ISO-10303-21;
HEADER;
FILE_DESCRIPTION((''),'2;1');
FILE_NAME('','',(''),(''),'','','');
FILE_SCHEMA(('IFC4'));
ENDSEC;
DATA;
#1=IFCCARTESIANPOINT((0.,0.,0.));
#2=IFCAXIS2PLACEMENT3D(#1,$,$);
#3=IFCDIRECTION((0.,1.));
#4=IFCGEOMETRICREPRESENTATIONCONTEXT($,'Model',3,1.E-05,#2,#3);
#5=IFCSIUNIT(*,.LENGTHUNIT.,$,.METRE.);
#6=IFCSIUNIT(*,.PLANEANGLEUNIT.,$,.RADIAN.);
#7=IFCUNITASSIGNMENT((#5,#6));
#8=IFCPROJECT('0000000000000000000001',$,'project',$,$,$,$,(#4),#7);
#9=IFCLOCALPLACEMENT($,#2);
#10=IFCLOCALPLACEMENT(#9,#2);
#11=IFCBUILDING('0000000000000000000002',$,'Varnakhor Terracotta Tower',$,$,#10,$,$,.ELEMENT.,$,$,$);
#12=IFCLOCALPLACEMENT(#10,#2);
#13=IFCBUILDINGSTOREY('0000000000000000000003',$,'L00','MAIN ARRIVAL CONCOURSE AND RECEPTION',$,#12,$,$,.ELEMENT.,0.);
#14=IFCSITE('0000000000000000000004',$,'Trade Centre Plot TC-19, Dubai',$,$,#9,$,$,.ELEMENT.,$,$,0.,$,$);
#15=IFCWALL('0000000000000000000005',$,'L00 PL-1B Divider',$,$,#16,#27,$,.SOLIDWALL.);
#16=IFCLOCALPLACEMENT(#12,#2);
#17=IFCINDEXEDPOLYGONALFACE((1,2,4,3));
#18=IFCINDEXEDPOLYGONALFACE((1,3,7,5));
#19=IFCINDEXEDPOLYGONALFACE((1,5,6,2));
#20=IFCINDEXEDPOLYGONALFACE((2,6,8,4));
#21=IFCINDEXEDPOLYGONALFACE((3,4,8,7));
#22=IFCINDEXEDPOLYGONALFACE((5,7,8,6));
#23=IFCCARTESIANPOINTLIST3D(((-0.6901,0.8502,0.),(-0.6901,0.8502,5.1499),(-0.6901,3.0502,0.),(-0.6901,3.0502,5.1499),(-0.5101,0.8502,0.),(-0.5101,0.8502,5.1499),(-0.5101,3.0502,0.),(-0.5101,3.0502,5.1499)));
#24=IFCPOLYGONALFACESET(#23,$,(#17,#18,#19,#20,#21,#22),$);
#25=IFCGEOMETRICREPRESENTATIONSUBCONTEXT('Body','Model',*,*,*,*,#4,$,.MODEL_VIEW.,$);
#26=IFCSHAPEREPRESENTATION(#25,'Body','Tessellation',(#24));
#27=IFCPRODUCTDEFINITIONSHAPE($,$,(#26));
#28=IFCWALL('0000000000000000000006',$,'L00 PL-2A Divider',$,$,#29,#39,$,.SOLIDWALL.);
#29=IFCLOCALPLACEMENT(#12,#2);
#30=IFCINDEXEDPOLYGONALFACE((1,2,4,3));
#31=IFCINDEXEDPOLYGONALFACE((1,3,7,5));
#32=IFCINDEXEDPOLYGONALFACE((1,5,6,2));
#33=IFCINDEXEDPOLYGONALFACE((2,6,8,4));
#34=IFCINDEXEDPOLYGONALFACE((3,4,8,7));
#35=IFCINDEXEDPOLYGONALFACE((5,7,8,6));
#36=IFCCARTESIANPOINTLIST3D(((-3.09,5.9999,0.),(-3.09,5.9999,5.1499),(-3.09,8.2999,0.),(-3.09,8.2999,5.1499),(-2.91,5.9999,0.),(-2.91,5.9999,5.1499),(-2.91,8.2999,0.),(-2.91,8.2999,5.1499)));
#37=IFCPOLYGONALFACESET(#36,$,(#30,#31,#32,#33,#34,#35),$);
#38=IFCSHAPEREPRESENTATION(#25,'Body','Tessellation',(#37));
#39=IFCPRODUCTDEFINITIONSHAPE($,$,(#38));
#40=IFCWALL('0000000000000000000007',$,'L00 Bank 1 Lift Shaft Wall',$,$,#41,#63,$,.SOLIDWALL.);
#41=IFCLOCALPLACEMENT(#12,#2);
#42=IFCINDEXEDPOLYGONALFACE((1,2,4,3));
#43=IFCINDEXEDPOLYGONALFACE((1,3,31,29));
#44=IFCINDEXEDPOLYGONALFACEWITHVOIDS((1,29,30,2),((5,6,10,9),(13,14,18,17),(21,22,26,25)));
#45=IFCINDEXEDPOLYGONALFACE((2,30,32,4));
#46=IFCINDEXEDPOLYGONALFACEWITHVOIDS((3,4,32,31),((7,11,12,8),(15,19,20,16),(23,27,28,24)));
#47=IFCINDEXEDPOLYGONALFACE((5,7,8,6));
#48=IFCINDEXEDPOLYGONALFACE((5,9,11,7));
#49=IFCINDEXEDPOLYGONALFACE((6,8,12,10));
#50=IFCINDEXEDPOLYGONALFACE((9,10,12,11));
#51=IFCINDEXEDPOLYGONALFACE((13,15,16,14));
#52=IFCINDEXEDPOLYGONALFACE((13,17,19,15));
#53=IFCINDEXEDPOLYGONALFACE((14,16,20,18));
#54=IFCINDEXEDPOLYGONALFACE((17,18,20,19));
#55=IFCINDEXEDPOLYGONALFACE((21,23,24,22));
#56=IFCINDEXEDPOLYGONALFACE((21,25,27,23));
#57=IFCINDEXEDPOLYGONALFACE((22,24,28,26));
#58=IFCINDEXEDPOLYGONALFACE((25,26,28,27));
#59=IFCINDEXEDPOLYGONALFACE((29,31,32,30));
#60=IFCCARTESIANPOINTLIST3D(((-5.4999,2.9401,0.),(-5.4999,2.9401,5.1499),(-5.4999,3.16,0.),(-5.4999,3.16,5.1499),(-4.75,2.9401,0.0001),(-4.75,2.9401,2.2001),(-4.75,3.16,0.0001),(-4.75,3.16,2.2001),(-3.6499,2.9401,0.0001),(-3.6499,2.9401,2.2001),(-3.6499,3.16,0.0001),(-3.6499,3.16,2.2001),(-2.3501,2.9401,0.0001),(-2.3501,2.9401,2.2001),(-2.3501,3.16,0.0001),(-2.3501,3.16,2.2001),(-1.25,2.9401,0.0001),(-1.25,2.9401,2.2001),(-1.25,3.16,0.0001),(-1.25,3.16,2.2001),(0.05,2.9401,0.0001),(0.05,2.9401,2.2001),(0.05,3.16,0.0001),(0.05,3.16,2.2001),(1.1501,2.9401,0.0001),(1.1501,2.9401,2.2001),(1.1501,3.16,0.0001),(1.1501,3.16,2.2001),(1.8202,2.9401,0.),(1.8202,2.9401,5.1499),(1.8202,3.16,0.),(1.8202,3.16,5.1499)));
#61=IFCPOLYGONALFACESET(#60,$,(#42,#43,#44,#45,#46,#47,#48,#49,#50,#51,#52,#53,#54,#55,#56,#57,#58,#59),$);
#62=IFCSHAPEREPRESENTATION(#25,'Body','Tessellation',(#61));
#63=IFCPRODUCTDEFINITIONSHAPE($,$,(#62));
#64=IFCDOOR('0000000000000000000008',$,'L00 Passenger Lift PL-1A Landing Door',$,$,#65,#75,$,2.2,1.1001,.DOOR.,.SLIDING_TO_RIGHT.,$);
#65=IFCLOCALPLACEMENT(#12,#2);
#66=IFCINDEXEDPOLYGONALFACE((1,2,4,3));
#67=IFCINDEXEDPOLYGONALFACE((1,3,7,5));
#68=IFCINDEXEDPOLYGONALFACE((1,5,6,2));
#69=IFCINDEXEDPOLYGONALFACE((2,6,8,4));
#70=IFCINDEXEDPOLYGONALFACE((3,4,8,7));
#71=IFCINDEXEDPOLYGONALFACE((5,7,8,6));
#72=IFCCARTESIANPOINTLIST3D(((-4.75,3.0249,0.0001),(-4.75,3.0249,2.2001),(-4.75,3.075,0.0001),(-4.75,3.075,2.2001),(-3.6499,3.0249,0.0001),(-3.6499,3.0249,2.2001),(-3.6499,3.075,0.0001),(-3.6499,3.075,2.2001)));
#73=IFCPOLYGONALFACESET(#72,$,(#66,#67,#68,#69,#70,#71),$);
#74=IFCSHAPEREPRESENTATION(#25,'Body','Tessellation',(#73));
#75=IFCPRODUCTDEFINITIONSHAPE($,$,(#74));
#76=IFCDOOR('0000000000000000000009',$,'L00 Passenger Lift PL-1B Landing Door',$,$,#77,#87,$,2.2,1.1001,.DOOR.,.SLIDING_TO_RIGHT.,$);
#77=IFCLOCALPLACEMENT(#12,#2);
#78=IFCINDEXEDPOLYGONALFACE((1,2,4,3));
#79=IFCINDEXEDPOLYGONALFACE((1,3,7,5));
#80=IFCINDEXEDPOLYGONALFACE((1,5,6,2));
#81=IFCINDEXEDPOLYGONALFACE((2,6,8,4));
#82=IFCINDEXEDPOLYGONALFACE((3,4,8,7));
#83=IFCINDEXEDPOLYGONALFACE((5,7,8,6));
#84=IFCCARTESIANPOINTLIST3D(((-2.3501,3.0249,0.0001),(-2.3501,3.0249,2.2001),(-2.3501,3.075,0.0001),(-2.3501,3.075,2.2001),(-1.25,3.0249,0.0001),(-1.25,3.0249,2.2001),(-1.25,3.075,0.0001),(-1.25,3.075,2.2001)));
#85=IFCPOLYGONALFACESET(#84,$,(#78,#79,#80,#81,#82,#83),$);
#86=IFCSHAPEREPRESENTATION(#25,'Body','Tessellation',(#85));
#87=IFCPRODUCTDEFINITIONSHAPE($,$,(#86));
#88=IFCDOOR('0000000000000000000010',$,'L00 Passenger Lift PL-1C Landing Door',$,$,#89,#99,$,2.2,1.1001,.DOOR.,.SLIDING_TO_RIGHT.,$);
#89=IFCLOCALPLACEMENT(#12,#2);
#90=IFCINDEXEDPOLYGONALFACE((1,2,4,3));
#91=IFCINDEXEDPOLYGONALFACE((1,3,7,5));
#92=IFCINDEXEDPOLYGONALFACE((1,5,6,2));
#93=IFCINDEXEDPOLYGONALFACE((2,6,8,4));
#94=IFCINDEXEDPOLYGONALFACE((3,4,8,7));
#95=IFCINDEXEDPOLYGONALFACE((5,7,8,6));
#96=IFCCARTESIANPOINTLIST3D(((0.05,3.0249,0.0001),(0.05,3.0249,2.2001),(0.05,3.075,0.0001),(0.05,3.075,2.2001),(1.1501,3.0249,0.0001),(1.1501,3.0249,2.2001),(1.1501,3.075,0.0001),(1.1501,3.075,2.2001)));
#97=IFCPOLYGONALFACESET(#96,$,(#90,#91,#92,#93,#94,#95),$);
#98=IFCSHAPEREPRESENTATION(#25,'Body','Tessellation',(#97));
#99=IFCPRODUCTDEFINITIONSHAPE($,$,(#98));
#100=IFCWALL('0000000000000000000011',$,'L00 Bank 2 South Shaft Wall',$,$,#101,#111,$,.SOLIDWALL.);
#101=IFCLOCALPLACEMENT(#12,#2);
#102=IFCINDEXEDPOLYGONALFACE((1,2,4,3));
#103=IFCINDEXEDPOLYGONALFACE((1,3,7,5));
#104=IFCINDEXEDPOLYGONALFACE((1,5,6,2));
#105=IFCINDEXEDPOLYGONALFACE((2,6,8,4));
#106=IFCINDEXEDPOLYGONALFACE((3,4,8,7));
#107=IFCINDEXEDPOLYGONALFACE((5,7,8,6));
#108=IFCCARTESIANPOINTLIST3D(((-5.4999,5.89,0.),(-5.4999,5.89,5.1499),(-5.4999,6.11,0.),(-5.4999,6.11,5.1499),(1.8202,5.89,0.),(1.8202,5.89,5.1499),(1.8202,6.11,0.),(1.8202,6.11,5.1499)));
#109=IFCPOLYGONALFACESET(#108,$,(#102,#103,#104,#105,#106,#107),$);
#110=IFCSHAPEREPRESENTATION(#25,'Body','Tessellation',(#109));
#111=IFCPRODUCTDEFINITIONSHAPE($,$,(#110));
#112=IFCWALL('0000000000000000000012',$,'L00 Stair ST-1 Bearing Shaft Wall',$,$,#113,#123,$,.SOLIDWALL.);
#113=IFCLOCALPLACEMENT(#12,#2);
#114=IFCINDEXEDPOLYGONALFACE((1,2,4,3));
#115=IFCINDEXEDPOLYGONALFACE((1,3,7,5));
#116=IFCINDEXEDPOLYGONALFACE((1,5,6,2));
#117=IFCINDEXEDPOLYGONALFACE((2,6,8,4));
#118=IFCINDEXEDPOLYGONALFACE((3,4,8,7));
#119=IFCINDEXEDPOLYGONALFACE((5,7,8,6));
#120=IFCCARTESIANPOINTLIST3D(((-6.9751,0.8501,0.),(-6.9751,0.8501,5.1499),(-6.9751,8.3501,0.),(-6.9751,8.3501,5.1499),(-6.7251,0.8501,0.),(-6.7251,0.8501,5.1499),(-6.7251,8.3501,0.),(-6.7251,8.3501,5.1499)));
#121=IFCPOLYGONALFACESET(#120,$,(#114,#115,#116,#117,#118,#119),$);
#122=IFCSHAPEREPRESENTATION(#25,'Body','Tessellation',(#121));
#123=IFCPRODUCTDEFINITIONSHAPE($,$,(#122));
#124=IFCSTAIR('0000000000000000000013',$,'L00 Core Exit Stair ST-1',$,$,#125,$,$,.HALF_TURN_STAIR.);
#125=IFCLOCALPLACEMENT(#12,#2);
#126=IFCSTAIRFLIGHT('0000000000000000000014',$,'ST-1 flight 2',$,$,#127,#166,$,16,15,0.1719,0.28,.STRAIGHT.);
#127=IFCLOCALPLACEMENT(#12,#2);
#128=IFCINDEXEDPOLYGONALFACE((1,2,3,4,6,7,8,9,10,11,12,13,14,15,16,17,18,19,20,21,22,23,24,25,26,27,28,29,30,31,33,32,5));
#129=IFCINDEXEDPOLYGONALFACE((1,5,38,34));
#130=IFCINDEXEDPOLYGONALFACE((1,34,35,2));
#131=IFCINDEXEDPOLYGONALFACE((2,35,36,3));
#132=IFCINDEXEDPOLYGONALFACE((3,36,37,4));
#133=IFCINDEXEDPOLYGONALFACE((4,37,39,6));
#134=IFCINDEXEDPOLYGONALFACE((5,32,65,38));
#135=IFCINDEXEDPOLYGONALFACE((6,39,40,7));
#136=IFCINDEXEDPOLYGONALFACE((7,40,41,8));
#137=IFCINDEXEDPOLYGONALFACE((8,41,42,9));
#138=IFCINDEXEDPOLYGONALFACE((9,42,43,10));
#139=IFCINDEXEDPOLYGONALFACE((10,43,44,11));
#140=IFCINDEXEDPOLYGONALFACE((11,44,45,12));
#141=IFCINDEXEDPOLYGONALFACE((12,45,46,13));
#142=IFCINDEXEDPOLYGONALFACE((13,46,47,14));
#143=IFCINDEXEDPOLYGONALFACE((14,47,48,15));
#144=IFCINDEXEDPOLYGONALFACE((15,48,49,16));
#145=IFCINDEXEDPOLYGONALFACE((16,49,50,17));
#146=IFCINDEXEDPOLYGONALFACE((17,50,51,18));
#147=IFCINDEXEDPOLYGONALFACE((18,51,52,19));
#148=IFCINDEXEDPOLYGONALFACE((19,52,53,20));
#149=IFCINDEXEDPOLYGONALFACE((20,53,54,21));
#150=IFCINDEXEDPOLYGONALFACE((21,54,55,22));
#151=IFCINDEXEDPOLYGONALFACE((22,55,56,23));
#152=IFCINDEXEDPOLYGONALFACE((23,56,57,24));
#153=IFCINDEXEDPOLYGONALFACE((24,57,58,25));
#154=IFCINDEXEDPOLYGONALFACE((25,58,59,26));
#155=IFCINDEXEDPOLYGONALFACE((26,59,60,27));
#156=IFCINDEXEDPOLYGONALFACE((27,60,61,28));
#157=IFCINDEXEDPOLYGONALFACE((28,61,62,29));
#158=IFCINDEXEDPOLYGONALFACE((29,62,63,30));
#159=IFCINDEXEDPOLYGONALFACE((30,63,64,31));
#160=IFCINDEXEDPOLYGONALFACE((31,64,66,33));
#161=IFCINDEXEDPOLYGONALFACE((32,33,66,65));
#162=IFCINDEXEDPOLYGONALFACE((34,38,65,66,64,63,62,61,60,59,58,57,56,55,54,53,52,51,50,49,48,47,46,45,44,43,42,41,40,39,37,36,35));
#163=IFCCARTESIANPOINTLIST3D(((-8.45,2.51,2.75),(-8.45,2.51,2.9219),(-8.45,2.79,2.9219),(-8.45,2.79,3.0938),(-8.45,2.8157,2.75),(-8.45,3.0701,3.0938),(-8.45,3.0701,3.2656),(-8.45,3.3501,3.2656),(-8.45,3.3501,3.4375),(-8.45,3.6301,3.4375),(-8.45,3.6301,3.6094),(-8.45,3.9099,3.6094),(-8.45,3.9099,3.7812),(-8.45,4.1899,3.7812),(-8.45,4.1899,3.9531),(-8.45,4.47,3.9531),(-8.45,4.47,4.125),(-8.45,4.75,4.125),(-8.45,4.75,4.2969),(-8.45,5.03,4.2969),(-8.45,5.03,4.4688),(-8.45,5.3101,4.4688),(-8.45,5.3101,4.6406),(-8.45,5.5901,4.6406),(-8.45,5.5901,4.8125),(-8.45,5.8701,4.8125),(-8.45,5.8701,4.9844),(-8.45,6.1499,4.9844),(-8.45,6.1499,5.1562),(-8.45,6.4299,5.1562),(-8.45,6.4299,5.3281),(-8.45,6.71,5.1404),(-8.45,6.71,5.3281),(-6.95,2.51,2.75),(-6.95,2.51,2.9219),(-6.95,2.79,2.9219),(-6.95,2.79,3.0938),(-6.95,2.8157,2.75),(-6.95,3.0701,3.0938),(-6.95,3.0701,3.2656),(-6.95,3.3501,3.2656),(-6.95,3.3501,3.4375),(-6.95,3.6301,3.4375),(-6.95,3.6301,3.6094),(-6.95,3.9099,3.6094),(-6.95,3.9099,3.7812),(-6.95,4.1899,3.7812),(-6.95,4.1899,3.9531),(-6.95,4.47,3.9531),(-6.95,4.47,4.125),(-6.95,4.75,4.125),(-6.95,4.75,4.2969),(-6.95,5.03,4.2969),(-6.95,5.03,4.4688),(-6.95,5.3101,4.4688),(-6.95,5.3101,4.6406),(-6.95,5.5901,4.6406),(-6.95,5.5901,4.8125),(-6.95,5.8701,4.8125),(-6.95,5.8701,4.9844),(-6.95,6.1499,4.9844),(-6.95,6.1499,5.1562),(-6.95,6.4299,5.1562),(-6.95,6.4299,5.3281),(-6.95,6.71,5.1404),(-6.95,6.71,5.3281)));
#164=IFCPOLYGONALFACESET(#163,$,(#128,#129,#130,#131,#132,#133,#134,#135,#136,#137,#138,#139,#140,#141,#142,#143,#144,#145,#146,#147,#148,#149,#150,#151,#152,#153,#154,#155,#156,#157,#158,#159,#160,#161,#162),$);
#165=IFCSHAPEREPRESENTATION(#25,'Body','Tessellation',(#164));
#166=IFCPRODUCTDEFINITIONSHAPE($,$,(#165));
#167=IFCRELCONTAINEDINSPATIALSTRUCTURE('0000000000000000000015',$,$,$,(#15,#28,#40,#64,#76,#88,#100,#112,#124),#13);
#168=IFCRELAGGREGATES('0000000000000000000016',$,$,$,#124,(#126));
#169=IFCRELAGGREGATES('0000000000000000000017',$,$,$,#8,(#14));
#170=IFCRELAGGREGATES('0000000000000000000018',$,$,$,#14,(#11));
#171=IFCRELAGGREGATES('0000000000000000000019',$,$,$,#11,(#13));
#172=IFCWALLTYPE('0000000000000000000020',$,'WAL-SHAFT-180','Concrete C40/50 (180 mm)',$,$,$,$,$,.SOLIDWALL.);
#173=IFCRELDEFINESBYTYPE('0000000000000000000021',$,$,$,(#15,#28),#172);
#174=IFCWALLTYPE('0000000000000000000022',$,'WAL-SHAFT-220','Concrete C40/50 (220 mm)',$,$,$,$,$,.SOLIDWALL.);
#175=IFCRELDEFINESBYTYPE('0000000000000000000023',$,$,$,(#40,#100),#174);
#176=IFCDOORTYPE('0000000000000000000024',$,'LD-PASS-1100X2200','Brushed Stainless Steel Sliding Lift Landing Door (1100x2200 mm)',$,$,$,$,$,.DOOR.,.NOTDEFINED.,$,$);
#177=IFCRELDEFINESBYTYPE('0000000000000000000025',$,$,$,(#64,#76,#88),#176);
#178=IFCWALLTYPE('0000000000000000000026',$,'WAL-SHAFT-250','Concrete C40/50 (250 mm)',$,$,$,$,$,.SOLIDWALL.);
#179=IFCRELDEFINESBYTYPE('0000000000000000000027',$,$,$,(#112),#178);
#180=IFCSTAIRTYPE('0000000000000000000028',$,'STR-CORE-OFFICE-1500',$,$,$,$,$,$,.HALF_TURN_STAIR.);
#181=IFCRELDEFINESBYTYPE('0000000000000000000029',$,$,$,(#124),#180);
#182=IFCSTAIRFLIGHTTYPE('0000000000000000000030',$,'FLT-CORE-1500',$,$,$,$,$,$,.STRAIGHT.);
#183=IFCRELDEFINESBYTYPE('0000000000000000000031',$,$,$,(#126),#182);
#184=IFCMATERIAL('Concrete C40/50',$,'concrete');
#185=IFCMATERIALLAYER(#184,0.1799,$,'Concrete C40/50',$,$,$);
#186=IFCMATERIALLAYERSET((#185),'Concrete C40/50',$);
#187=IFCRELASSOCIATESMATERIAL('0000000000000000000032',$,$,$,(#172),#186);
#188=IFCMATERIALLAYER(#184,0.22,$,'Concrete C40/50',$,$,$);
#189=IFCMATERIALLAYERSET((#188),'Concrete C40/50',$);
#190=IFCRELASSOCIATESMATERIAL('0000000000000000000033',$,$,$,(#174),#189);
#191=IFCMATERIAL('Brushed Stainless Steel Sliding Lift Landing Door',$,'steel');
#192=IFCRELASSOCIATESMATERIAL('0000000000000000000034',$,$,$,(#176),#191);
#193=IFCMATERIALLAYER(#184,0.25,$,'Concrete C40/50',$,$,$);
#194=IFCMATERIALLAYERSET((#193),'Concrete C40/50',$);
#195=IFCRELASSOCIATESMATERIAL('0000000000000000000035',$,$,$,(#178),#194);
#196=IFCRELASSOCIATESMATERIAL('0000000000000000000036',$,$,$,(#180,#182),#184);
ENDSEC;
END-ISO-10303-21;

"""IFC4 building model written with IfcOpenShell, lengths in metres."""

from ifc_helpers import new_model, si_unit, direction, frame, frame_2d, origin, place, context, subcontext, project, spatial, polyline, rectangle, outline, extrude, source, transform, mapped, material, layer, layer_set, type_object, type_shapes, element, fill, aggregate, save


model = new_model("IFC4")

# Units and contexts
model_context = context("Model", 3, precision=1e-05, world=origin(), true_north=direction((0.0, 1.0)))
body_context = subcontext(model_context, "Body", "Model", "MODEL_VIEW")
ifc_project = project(units=[si_unit("LENGTHUNIT", "METRE"), si_unit("PLANEANGLEUNIT", "RADIAN")], contexts=[model_context])

# Site, building, storey
site_placement = place(None, origin())
site = spatial("IfcSite", under=ifc_project, at=site_placement, Name="Trade Centre Plot TC-19, Dubai", CompositionType="ELEMENT", RefElevation=0.0)
building_placement = place(site_placement, origin())
building = spatial("IfcBuilding", under=site, at=building_placement, Name="Varnakhor Terracotta Tower", CompositionType="ELEMENT")
storey_placement = place(building_placement, origin())
storey = spatial("IfcBuildingStorey", under=building, at=storey_placement, Name="L00", Description="MAIN ARRIVAL CONCOURSE AND RECEPTION", CompositionType="ELEMENT", Elevation=0.0)

# Shared definitions
ifc_material_1 = material(Name="Concrete C40/50", Category="concrete")

# Walls
ifc_layer_1 = layer(ifc_material_1, 0.1799, Name="Concrete C40/50")
ifc_layer_set_1 = layer_set([ifc_layer_1], Name="Concrete C40/50")
wall_type_1 = type_object("IfcWallType", Name="WAL-SHAFT-180", Description="Concrete C40/50 (180 mm)", PredefinedType="SOLIDWALL", material=ifc_layer_set_1)
for number, where, z_axis, x_axis, name in (
    (1, (-0.6001, 0.8501, 0.0), (0.0, 0.0, 1.0), (0.0, 1.0, 0.0), "L00 PL-1B Divider"),
):
    element("IfcWall", number, at=place(storey_placement, frame(where, z_axis=z_axis, x_axis=x_axis)), inside=storey, type_object=wall_type_1, Name=name, PredefinedType="SOLIDWALL", context=body_context, shape_type="SweptSolid", body=[
        extrude(rectangle(XDim=2.2, YDim=0.1799, at=frame_2d((1.1001, 0.0))), origin(), (0.0, 0.0, 1.0), 5.1499),
    ])
wall_1_placement = place(storey_placement, frame((-3.0, 6.0, 0.0), z_axis=(0.0, 0.0, 1.0), x_axis=(0.0, 1.0, 0.0)))
element("IfcWall", 2, at=wall_1_placement, inside=storey, type_object=wall_type_1, Name="L00 PL-2A Divider", PredefinedType="SOLIDWALL", context=body_context, shape_type="SweptSolid", body=[
    extrude(rectangle(XDim=2.3, YDim=0.1799, at=frame_2d((1.1499, 0.0))), origin(), (0.0, 0.0, 1.0), 5.1499),
])

# Wall, openings, doors
ifc_layer_2 = layer(ifc_material_1, 0.22, Name="Concrete C40/50")
ifc_layer_set_2 = layer_set([ifc_layer_2], Name="Concrete C40/50")
wall_type_2 = type_object("IfcWallType", Name="WAL-SHAFT-220", Description="Concrete C40/50 (220 mm)", PredefinedType="SOLIDWALL", material=ifc_layer_set_2)
wall_2_placement = place(storey_placement, frame((-5.5, 3.05, 0.0), z_axis=(0.0, 0.0, 1.0), x_axis=(1.0, 0.0, 0.0)))
wall_2 = element("IfcWall", 3, at=wall_2_placement, inside=storey, type_object=wall_type_2, Name="L00 Bank 1 Lift Shaft Wall", PredefinedType="SOLIDWALL", context=body_context, shape_type="SweptSolid", body=[
    extrude(rectangle(XDim=7.3201, YDim=0.22, at=frame_2d((3.6602, 0.0))), origin(), (0.0, 0.0, 1.0), 5.1499),
])
opening_1_placement = place(wall_2_placement, frame((0.75, 0.0, 0.0)))
opening_1 = element("IfcOpeningElement", 4, at=opening_1_placement, cuts=wall_2, PredefinedType="OPENING", context=body_context, shape_type="SweptSolid", body=[
    extrude(rectangle(XDim=1.1001, YDim=2.2, at=frame_2d((0.55, 1.1001))), frame((0.0, 0.1201, 0.0), z_axis=(0.0, -1.0, 0.0), x_axis=(1.0, 0.0, 0.0)), (0.0, 0.0, 1.0), 0.24),
])
opening_2_placement = place(wall_2_placement, frame((3.1499, 0.0, 0.0)))
opening_2 = element("IfcOpeningElement", 5, at=opening_2_placement, cuts=wall_2, PredefinedType="OPENING", context=body_context, shape_type="SweptSolid", body=[
    extrude(rectangle(XDim=1.1001, YDim=2.2, at=frame_2d((0.55, 1.1001))), frame((0.0, 0.1201, 0.0), z_axis=(0.0, -1.0, 0.0), x_axis=(1.0, 0.0, 0.0)), (0.0, 0.0, 1.0), 0.24),
])
opening_3_placement = place(wall_2_placement, frame((5.55, 0.0, 0.0)))
opening_3 = element("IfcOpeningElement", 6, at=opening_3_placement, cuts=wall_2, PredefinedType="OPENING", context=body_context, shape_type="SweptSolid", body=[
    extrude(rectangle(XDim=1.1001, YDim=2.2, at=frame_2d((0.55, 1.1001))), frame((0.0, 0.1201, 0.0), z_axis=(0.0, -1.0, 0.0), x_axis=(1.0, 0.0, 0.0)), (0.0, 0.0, 1.0), 0.24),
])
ifc_material_2 = material(Name="Brushed Stainless Steel Sliding Lift Landing Door", Category="steel")
door_type_1 = type_object("IfcDoorType", Name="LD-PASS-1100X2200", Description="Brushed Stainless Steel Sliding Lift Landing Door (1100x2200 mm)", OperationType="NOTDEFINED", PredefinedType="DOOR", material=ifc_material_2)
shared_shape_1 = source(origin(), body_context, "Body", "SweptSolid", [
    extrude(rectangle(XDim=1.1001, YDim=2.2, at=frame_2d((0.55, 1.1001))), frame((0.0, 0.0249, 0.0), z_axis=(0.0, -1.0, 0.0), x_axis=(1.0, 0.0, 0.0)), (0.0, 0.0, 1.0), 0.05),
])
type_shapes(door_type_1, [shared_shape_1])
door_1_placement = place(opening_1_placement, origin())
door_1 = element("IfcDoor", 7, at=door_1_placement, inside=storey, type_object=door_type_1, Name="L00 Passenger Lift PL-1A Landing Door", OperationType="SLIDING_TO_RIGHT", OverallHeight=2.2, OverallWidth=1.1001, PredefinedType="DOOR", context=body_context, shape_type="MappedRepresentation", body=[
    mapped(shared_shape_1, transform((0.0, 0.0, 0.0), scale=1.0)),
])
fill(opening_1, door_1)
door_2_placement = place(opening_2_placement, origin())
door_2 = element("IfcDoor", 8, at=door_2_placement, inside=storey, type_object=door_type_1, Name="L00 Passenger Lift PL-1B Landing Door", OperationType="SLIDING_TO_RIGHT", OverallHeight=2.2, OverallWidth=1.1001, PredefinedType="DOOR", context=body_context, shape_type="MappedRepresentation", body=[
    mapped(shared_shape_1, transform((0.0, 0.0, 0.0), scale=1.0)),
])
fill(opening_2, door_2)
door_3_placement = place(opening_3_placement, origin())
door_3 = element("IfcDoor", 9, at=door_3_placement, inside=storey, type_object=door_type_1, Name="L00 Passenger Lift PL-1C Landing Door", OperationType="SLIDING_TO_RIGHT", OverallHeight=2.2, OverallWidth=1.1001, PredefinedType="DOOR", context=body_context, shape_type="MappedRepresentation", body=[
    mapped(shared_shape_1, transform((0.0, 0.0, 0.0), scale=1.0)),
])
fill(opening_3, door_3)

# Walls
wall_3_placement = place(storey_placement, frame((-5.5, 6.0, 0.0), z_axis=(0.0, 0.0, 1.0), x_axis=(1.0, 0.0, 0.0)))
element("IfcWall", 10, at=wall_3_placement, inside=storey, type_object=wall_type_2, Name="L00 Bank 2 South Shaft Wall", PredefinedType="SOLIDWALL", context=body_context, shape_type="SweptSolid", body=[
    extrude(rectangle(XDim=7.3201, YDim=0.22, at=frame_2d((3.6602, 0.0))), origin(), (0.0, 0.0, 1.0), 5.1499),
])
ifc_layer_3 = layer(ifc_material_1, 0.25, Name="Concrete C40/50")
ifc_layer_set_3 = layer_set([ifc_layer_3], Name="Concrete C40/50")
wall_type_3 = type_object("IfcWallType", Name="WAL-SHAFT-250", Description="Concrete C40/50 (250 mm)", PredefinedType="SOLIDWALL", material=ifc_layer_set_3)
wall_4_placement = place(storey_placement, frame((-6.8501, 0.8501, 0.0), z_axis=(0.0, 0.0, 1.0), x_axis=(0.0, 1.0, 0.0)))
element("IfcWall", 11, at=wall_4_placement, inside=storey, type_object=wall_type_3, Name="L00 Stair ST-1 Bearing Shaft Wall", PredefinedType="SOLIDWALL", context=body_context, shape_type="SweptSolid", body=[
    extrude(rectangle(XDim=7.5, YDim=0.25, at=frame_2d((3.75, 0.0))), origin(), (0.0, 0.0, 1.0), 5.1499),
])

# Stair, stair flight
stair_type = type_object("IfcStairType", Name="STR-CORE-OFFICE-1500", PredefinedType="HALF_TURN_STAIR", material=ifc_material_1)
stair_placement = place(storey_placement, origin())
stair = element("IfcStair", 12, at=stair_placement, inside=storey, type_object=stair_type, Name="L00 Core Exit Stair ST-1", PredefinedType="HALF_TURN_STAIR")
stair_flight_type = type_object("IfcStairFlightType", Name="FLT-CORE-1500", PredefinedType="STRAIGHT", material=ifc_material_1)
stair_flight_placement = place(storey_placement, frame((-7.7, 2.51, 2.75), z_axis=(0.0, 0.0, 1.0), x_axis=(0.0, 1.0, 0.0)))
stair_flight = element("IfcStairFlight", 13, at=stair_flight_placement, type_object=stair_flight_type, Name="ST-1 flight 2", NumberOfRisers=16, NumberOfTreads=15, PredefinedType="STRAIGHT", RiserHeight=0.1719, TreadLength=0.28, context=body_context, shape_type="SweptSolid", body=[
    extrude(outline(polyline([(0.0, 0.0), (0.0, 0.1719), (0.28, 0.1719), (0.28, 0.3438), (0.5601, 0.3438), (0.5601, 0.5156), (0.8401, 0.5156), (0.8401, 0.6875), (1.1201, 0.6875), (1.1201, 0.8594), (1.3999, 0.8594), (1.3999, 1.0312), (1.6799, 1.0312), (1.6799, 1.2031), (1.96, 1.2031), (1.96, 1.375), (2.24, 1.375), (2.24, 1.5469), (2.52, 1.5469), (2.52, 1.7188), (2.8, 1.7188), (2.8, 1.8906), (3.0801, 1.8906), (3.0801, 2.0625), (3.3601, 2.0625), (3.3601, 2.2344), (3.6399, 2.2344), (3.6399, 2.4062), (3.9199, 2.4062), (3.9199, 2.5781), (4.2, 2.5781), (4.2, 2.75), (4.2, 2.3904), (0.3057, 0.0), (0.0, 0.0)])), frame((0.0, 0.75, 0.0), z_axis=(0.0, -1.0, 0.0), x_axis=(1.0, 0.0, 0.0)), (0.0, 0.0, 1.0), 1.5),
])
aggregate(stair, [stair_flight])

save(model, "model.ifc")
